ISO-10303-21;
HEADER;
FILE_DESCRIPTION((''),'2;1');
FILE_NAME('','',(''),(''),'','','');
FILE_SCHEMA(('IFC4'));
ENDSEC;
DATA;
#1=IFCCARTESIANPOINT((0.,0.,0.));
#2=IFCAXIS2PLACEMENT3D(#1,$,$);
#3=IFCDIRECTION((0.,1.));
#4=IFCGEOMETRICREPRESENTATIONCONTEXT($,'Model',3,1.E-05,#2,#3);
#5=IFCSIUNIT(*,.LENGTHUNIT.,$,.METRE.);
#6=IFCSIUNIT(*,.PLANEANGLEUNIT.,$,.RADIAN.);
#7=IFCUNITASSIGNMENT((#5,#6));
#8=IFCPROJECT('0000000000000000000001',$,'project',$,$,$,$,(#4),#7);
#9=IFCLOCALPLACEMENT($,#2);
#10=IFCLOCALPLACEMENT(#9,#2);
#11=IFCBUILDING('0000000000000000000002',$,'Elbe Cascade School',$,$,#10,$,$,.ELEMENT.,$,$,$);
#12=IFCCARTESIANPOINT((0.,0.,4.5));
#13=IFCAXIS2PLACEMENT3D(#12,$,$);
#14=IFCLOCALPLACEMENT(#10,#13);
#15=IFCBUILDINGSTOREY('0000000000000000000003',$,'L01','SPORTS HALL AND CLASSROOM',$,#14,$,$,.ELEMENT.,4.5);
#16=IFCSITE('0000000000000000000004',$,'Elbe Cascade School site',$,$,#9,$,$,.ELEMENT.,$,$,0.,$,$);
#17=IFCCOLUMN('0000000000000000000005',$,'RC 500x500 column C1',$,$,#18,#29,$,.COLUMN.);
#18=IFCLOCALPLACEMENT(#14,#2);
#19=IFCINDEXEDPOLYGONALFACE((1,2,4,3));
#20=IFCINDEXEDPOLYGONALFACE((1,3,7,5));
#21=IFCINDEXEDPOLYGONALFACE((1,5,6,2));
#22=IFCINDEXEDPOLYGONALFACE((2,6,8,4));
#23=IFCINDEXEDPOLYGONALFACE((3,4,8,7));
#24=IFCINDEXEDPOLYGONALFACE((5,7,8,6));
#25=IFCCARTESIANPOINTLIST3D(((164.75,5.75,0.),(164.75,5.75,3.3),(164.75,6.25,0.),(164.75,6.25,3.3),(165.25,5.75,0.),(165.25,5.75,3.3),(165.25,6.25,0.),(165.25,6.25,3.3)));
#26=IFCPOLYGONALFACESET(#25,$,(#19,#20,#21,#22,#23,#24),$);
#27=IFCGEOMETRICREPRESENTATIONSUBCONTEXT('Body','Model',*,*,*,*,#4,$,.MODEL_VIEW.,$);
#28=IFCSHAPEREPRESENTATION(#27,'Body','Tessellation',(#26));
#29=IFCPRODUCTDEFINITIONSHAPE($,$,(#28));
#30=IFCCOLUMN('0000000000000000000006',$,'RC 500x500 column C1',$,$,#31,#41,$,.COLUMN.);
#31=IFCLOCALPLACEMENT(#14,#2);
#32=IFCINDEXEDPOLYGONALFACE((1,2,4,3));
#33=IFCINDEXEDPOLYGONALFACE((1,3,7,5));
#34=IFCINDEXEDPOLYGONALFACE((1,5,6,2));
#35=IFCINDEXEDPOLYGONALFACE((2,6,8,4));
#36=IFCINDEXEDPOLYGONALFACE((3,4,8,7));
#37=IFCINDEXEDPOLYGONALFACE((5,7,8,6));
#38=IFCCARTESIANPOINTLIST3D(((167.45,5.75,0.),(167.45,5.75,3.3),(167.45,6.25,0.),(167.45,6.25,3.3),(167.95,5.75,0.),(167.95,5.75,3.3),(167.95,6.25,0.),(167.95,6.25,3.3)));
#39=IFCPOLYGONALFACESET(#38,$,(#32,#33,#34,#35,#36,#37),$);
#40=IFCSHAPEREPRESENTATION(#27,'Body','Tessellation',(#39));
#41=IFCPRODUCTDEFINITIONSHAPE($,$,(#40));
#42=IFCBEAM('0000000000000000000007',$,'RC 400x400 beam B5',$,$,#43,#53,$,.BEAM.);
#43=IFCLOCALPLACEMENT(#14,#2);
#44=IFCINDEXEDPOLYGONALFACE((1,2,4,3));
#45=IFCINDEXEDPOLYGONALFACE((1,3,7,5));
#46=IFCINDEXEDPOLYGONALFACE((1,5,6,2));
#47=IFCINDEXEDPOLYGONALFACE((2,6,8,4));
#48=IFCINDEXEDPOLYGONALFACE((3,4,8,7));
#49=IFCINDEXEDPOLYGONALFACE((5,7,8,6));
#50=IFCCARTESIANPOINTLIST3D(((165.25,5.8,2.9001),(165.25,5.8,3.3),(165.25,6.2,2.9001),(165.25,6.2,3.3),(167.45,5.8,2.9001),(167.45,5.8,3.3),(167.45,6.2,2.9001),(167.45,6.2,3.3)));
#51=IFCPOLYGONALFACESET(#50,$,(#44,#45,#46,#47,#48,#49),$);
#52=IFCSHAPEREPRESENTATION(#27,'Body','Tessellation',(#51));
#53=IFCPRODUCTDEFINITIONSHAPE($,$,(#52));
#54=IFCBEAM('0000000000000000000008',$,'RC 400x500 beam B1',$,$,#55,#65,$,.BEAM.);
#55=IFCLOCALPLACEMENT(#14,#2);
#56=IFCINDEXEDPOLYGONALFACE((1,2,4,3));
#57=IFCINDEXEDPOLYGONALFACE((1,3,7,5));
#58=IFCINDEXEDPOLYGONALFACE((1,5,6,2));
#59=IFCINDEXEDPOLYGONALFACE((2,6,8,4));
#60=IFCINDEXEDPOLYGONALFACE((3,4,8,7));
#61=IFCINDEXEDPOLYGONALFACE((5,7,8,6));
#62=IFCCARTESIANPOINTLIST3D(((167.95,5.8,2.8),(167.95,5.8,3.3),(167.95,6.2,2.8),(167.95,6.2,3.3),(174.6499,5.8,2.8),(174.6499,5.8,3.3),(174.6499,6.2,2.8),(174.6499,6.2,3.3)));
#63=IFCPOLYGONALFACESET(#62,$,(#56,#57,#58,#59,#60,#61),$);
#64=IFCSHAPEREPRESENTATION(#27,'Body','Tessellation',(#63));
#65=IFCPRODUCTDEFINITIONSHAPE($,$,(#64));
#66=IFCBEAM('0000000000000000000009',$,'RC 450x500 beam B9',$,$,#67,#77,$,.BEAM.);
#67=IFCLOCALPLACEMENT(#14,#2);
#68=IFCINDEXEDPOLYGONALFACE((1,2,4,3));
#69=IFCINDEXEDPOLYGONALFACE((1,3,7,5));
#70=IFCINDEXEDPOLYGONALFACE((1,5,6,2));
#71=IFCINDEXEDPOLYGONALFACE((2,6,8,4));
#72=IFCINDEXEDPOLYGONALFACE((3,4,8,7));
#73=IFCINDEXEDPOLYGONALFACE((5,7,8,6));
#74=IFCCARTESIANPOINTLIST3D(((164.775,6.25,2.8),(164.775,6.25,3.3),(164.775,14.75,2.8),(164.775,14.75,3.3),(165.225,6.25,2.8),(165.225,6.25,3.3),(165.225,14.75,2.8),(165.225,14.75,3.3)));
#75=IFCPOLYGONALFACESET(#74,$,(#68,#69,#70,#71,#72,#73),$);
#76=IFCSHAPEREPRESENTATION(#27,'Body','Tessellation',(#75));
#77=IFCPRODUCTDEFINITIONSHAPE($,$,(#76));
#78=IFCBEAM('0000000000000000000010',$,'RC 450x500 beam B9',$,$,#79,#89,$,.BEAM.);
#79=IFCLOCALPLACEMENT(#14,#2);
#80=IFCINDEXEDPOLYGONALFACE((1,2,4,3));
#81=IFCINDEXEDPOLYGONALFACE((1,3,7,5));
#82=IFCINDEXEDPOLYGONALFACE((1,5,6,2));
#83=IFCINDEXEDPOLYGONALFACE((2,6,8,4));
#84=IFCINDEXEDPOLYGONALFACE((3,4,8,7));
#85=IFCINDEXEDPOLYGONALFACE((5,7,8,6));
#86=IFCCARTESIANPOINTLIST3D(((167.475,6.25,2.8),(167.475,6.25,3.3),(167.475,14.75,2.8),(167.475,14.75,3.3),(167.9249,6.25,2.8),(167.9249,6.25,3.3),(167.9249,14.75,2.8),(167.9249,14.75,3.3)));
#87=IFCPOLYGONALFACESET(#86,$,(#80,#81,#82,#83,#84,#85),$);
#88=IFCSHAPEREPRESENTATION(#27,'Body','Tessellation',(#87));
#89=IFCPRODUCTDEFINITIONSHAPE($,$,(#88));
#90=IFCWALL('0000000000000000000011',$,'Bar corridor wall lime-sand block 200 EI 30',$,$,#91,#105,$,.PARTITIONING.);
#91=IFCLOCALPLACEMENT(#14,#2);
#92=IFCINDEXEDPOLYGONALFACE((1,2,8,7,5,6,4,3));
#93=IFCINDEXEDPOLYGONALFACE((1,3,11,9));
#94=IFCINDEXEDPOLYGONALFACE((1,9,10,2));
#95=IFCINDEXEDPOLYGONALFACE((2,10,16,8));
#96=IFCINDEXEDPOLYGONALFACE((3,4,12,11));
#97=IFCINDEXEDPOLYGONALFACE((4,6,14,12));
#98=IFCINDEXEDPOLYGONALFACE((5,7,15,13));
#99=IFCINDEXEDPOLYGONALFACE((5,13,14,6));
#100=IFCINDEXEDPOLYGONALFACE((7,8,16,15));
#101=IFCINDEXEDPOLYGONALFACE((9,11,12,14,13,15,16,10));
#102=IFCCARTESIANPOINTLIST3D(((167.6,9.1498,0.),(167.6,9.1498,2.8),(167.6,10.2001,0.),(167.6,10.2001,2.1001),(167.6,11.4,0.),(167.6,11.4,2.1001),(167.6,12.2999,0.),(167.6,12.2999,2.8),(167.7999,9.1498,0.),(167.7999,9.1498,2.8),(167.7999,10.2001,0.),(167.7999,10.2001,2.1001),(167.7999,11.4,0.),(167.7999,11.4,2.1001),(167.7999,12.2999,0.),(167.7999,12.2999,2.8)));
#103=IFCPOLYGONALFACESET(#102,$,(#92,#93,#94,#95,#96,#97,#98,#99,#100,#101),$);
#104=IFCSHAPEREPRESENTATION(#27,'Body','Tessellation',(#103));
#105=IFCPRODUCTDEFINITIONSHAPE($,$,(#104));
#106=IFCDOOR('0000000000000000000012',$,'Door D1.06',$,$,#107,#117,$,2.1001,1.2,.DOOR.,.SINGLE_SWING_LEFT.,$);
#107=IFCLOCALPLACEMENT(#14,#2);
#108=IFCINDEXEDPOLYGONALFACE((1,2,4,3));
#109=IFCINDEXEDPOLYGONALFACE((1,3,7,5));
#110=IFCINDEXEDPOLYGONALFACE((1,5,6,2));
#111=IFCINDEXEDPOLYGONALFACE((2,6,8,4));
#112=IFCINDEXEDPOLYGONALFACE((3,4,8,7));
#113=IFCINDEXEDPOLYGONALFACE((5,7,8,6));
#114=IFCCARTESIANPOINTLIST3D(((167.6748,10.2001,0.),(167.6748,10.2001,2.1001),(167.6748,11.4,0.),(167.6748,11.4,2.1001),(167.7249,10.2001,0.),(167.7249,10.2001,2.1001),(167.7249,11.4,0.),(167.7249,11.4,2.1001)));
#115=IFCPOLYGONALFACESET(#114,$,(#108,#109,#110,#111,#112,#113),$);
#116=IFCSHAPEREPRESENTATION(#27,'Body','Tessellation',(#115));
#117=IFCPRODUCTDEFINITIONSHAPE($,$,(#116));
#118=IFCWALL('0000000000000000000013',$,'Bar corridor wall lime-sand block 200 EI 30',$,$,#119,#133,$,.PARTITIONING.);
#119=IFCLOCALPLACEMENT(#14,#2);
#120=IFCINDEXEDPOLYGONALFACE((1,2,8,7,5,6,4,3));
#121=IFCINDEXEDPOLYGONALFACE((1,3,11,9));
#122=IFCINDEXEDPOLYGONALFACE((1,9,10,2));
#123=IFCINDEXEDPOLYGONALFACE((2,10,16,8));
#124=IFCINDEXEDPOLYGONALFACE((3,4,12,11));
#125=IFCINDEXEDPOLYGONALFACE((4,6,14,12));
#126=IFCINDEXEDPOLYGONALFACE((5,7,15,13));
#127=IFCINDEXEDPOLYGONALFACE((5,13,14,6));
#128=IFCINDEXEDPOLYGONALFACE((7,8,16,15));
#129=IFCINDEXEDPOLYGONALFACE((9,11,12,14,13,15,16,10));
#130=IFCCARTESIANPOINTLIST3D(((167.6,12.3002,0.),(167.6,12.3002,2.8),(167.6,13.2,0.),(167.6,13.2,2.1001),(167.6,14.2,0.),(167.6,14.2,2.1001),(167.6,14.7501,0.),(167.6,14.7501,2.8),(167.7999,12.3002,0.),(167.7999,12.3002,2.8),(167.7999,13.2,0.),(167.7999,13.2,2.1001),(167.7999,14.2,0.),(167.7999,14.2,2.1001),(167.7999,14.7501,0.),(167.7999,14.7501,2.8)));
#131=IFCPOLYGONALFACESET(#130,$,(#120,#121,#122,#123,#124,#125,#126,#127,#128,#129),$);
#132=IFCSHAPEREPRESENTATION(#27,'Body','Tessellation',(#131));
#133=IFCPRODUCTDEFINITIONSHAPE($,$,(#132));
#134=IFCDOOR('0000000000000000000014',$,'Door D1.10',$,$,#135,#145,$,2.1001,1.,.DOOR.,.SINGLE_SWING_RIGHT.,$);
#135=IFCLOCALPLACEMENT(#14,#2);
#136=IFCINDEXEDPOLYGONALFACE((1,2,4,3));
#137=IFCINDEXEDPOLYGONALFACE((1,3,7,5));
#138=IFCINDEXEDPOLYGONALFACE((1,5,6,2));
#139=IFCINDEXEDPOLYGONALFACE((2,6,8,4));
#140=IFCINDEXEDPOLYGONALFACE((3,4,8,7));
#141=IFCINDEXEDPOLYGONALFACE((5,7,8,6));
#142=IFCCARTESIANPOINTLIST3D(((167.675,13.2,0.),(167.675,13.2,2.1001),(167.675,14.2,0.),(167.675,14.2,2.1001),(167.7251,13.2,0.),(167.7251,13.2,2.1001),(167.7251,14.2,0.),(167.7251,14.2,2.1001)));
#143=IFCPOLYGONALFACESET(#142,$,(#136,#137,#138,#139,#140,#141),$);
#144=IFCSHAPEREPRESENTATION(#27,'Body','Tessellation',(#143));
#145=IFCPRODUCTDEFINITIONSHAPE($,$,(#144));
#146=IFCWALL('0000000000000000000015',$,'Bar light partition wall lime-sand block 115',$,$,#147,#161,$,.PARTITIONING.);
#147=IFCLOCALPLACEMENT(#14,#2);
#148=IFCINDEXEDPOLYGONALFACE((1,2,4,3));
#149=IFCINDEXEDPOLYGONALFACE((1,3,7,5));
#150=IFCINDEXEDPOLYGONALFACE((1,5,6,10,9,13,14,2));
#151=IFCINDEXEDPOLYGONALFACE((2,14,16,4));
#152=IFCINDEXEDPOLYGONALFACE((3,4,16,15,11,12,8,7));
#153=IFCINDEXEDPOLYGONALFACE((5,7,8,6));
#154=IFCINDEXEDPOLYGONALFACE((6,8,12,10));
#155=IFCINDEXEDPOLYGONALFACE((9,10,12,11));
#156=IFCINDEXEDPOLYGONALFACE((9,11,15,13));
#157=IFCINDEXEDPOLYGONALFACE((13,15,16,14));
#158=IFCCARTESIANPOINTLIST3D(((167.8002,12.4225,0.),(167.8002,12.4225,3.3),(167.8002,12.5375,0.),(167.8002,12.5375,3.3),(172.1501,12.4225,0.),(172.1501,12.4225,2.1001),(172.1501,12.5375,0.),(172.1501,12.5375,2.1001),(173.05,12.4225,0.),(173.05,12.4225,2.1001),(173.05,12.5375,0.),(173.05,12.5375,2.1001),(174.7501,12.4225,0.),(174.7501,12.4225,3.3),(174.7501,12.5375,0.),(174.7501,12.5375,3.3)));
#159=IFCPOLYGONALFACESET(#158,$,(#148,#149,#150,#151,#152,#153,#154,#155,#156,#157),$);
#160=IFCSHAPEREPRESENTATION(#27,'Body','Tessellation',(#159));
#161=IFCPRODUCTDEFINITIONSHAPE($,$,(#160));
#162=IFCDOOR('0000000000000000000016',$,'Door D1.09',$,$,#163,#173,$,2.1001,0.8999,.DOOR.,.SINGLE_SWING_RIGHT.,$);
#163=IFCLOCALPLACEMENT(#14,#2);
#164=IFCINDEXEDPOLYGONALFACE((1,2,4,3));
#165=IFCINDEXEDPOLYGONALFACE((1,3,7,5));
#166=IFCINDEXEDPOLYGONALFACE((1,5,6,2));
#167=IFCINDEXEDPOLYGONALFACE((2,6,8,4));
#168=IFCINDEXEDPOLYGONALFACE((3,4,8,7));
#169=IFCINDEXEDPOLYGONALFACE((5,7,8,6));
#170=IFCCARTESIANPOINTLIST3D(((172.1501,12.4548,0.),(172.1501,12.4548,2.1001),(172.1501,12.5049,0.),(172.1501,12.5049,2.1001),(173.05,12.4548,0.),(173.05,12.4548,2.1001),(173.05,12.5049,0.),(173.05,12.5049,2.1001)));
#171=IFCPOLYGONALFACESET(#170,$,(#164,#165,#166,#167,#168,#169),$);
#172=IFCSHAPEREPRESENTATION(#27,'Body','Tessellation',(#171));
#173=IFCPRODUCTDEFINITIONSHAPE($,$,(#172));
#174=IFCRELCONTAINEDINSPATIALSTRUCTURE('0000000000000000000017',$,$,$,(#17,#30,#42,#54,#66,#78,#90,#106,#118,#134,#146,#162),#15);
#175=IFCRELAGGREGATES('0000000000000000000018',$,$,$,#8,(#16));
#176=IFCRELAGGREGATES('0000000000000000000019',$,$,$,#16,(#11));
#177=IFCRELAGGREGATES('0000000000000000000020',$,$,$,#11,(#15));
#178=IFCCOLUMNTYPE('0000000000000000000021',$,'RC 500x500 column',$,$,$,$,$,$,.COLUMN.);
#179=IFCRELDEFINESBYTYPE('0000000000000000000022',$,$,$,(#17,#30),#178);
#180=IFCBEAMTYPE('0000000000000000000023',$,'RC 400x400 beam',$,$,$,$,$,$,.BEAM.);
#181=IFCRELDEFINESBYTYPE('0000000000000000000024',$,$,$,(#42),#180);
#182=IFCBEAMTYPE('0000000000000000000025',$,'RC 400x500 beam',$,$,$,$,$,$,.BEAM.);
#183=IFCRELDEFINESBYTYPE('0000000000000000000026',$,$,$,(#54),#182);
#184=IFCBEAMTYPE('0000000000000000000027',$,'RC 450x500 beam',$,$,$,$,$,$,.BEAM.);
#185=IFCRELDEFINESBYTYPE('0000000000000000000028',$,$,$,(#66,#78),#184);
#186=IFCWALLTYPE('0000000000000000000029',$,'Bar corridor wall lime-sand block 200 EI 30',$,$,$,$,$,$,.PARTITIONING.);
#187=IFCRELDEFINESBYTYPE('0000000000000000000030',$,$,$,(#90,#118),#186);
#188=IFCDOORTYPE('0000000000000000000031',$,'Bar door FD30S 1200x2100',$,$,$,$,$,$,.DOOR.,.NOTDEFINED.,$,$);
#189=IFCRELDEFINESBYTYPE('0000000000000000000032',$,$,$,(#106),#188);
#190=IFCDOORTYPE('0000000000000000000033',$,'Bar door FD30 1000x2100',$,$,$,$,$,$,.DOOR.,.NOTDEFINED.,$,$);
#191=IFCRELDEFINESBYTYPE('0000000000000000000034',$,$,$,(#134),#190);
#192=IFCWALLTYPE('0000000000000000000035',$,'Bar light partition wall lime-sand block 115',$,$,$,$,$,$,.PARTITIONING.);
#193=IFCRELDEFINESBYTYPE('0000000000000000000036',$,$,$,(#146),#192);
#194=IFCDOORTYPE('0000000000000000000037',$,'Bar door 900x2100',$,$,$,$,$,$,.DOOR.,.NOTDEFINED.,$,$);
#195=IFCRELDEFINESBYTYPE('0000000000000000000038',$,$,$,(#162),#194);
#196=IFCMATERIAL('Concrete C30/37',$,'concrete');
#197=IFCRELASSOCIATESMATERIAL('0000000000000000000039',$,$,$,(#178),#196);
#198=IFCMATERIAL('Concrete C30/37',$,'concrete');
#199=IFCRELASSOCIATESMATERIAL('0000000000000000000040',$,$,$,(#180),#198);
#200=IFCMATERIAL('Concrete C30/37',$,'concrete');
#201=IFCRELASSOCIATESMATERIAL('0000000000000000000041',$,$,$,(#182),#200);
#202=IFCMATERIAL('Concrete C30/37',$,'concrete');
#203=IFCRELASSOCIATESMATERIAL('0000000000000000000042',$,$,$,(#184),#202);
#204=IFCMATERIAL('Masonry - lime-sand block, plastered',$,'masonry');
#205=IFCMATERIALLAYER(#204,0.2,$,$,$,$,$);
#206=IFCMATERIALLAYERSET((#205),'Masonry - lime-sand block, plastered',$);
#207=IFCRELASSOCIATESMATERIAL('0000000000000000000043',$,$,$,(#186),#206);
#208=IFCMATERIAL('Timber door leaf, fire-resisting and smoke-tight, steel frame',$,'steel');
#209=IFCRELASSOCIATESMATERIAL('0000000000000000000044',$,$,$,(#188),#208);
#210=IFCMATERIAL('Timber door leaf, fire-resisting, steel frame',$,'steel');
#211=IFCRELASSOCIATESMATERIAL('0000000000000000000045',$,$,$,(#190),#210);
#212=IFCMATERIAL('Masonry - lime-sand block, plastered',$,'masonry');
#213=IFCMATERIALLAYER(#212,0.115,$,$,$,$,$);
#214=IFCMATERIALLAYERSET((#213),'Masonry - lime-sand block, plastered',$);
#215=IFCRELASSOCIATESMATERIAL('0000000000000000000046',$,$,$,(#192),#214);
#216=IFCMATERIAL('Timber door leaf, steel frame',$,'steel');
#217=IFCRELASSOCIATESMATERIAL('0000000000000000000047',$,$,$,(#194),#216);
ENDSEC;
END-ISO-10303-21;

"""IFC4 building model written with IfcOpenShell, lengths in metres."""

from ifc_helpers import new_model, si_unit, direction, frame, frame_2d, origin, origin_2d, place, context, subcontext, project, spatial, rectangle, extrude, material, layer, layer_set, material_profile, profile_set, type_object, element, fill, save


model = new_model("IFC4")

# Units and contexts
model_context = context("Model", 3, precision=1e-05, world=origin(), true_north=direction((0.0, 1.0)))
body_context = subcontext(model_context, "Body", "Model", "MODEL_VIEW")
ifc_project = project(units=[si_unit("LENGTHUNIT", "METRE"), si_unit("PLANEANGLEUNIT", "RADIAN")], contexts=[model_context])

# Site, building, storey
site_placement = place(None, origin())
site = spatial("IfcSite", under=ifc_project, at=site_placement, Name="Elbe Cascade School site", CompositionType="ELEMENT", RefElevation=0.0)
building_placement = place(site_placement, origin())
building = spatial("IfcBuilding", under=site, at=building_placement, Name="Elbe Cascade School", CompositionType="ELEMENT")
storey_placement = place(building_placement, frame((0.0, 0.0, 4.5)))
storey = spatial("IfcBuildingStorey", under=building, at=storey_placement, Name="L01", Description="SPORTS HALL AND CLASSROOM", CompositionType="ELEMENT", Elevation=4.5)

# Columns
ifc_material_1 = material(Name="Concrete C30/37", Category="concrete")
ifc_material_profile_1 = material_profile(ifc_material_1, rectangle(XDim=0.5, YDim=0.5, at=origin_2d()), Name="RC 500x500")
ifc_profile_set_1 = profile_set([ifc_material_profile_1], Name="Concrete C30/37")
column_type = type_object("IfcColumnType", Name="RC 500x500 column", PredefinedType="COLUMN", material=ifc_profile_set_1)
for number, where, z_axis, x_axis, name in (
    (1, (165.0, 6.0, 0.0), (0.0, 0.0, 1.0), (1.0, 0.0, 0.0), "RC 500x500 column C1"),
    (2, (167.7, 6.0, 0.0), (0.0, 0.0, 1.0), (1.0, 0.0, 0.0), "RC 500x500 column C1"),
):
    element("IfcColumn", number, at=place(storey_placement, frame(where, z_axis=z_axis, x_axis=x_axis)), inside=storey, type_object=column_type, Name=name, PredefinedType="COLUMN", context=body_context, shape_type="SweptSolid", body=[
        extrude(rectangle(XDim=0.5, YDim=0.5, at=origin_2d()), origin(), (0.0, 0.0, 1.0), 3.3),
    ])

# Beams
ifc_material_2 = material(Name="Concrete C30/37", Category="concrete")
ifc_material_profile_2 = material_profile(ifc_material_2, rectangle(XDim=0.3999, YDim=0.3999, at=origin_2d()), Name="RC 400x400")
ifc_profile_set_2 = profile_set([ifc_material_profile_2], Name="Concrete C30/37")
beam_type_1 = type_object("IfcBeamType", Name="RC 400x400 beam", PredefinedType="BEAM", material=ifc_profile_set_2)
beam_1_placement = place(storey_placement, frame((165.25, 6.0, 3.1001), z_axis=(1.0, 0.0, 0.0), x_axis=(0.0, 1.0, 0.0)))
element("IfcBeam", 3, at=beam_1_placement, inside=storey, type_object=beam_type_1, Name="RC 400x400 beam B5", PredefinedType="BEAM", context=body_context, shape_type="SweptSolid", body=[
    extrude(rectangle(XDim=0.3999, YDim=0.3999, at=origin_2d()), origin(), (0.0, 0.0, 1.0), 2.2),
])
ifc_material_3 = material(Name="Concrete C30/37", Category="concrete")
ifc_material_profile_3 = material_profile(ifc_material_3, rectangle(XDim=0.3999, YDim=0.5, at=origin_2d()), Name="RC 400x500")
ifc_profile_set_3 = profile_set([ifc_material_profile_3], Name="Concrete C30/37")
beam_type_2 = type_object("IfcBeamType", Name="RC 400x500 beam", PredefinedType="BEAM", material=ifc_profile_set_3)
beam_2_placement = place(storey_placement, frame((167.95, 6.0, 3.05), z_axis=(1.0, 0.0, 0.0), x_axis=(0.0, 1.0, 0.0)))
element("IfcBeam", 4, at=beam_2_placement, inside=storey, type_object=beam_type_2, Name="RC 400x500 beam B1", PredefinedType="BEAM", context=body_context, shape_type="SweptSolid", body=[
    extrude(rectangle(XDim=0.3999, YDim=0.5, at=origin_2d()), origin(), (0.0, 0.0, 1.0), 6.7),
])
ifc_material_4 = material(Name="Concrete C30/37", Category="concrete")
ifc_material_profile_4 = material_profile(ifc_material_4, rectangle(XDim=0.45, YDim=0.5, at=origin_2d()), Name="RC 450x500")
ifc_profile_set_4 = profile_set([ifc_material_profile_4], Name="Concrete C30/37")
beam_type_3 = type_object("IfcBeamType", Name="RC 450x500 beam", PredefinedType="BEAM", material=ifc_profile_set_4)
for number, where, z_axis, x_axis, name in (
    (5, (165.0, 6.25, 3.05), (0.0, 1.0, 0.0), (-1.0, 0.0, 0.0), "RC 450x500 beam B9"),
    (6, (167.7, 6.25, 3.05), (0.0, 1.0, 0.0), (-1.0, 0.0, 0.0), "RC 450x500 beam B9"),
):
    element("IfcBeam", number, at=place(storey_placement, frame(where, z_axis=z_axis, x_axis=x_axis)), inside=storey, type_object=beam_type_3, Name=name, PredefinedType="BEAM", context=body_context, shape_type="SweptSolid", body=[
        extrude(rectangle(XDim=0.45, YDim=0.5, at=origin_2d()), origin(), (0.0, 0.0, 1.0), 8.5),
    ])

# Walls, openings, doors
ifc_material_5 = material(Name="Masonry - lime-sand block, plastered", Category="masonry")
ifc_layer_1 = layer(ifc_material_5, 0.2)
ifc_layer_set_1 = layer_set([ifc_layer_1], Name="Masonry - lime-sand block, plastered")
wall_type_1 = type_object("IfcWallType", Name="Bar corridor wall lime-sand block 200 EI 30", PredefinedType="PARTITIONING", material=ifc_layer_set_1)
wall_1_placement = place(storey_placement, frame((167.7, 12.3, 0.0), z_axis=(0.0, 0.0, 1.0), x_axis=(0.0, -1.0, 0.0)))
wall_1 = element("IfcWall", 7, at=wall_1_placement, inside=storey, type_object=wall_type_1, Name="Bar corridor wall lime-sand block 200 EI 30", PredefinedType="PARTITIONING", context=body_context, shape_type="SweptSolid", body=[
    extrude(rectangle(XDim=3.1501, YDim=0.2, at=frame_2d((1.5752, 0.0))), origin(), (0.0, 0.0, 1.0), 2.8),
])
opening_1_placement = place(wall_1_placement, frame((0.8999, 0.0, 0.0)))
opening_1 = element("IfcOpeningElement", 8, at=opening_1_placement, cuts=wall_1, PredefinedType="OPENING", context=body_context, shape_type="SweptSolid", body=[
    extrude(rectangle(XDim=1.2, YDim=2.1001, at=frame_2d((0.6001, 1.05))), frame((0.0, 0.1099, 0.0), z_axis=(0.0, -1.0, 0.0), x_axis=(1.0, 0.0, 0.0)), (0.0, 0.0, 1.0), 0.22),
])
ifc_material_6 = material(Name="Timber door leaf, fire-resisting and smoke-tight, steel frame", Category="steel")
door_type_1 = type_object("IfcDoorType", Name="Bar door FD30S 1200x2100", OperationType="NOTDEFINED", PredefinedType="DOOR", material=ifc_material_6)
door_1_placement = place(opening_1_placement, origin())
door_1 = element("IfcDoor", 9, at=door_1_placement, inside=storey, type_object=door_type_1, Name="Door D1.06", OperationType="SINGLE_SWING_LEFT", OverallHeight=2.1001, OverallWidth=1.2, PredefinedType="DOOR", context=body_context, shape_type="SweptSolid", body=[
    extrude(rectangle(XDim=1.2, YDim=2.1001, at=frame_2d((0.6001, 1.05))), frame((0.0, 0.0249, 0.0), z_axis=(0.0, -1.0, 0.0), x_axis=(1.0, 0.0, 0.0)), (0.0, 0.0, 1.0), 0.05),
])
fill(opening_1, door_1)
wall_2_placement = place(storey_placement, frame((167.7, 12.3, 0.0), z_axis=(0.0, 0.0, 1.0), x_axis=(0.0, 1.0, 0.0)))
wall_2 = element("IfcWall", 10, at=wall_2_placement, inside=storey, type_object=wall_type_1, Name="Bar corridor wall lime-sand block 200 EI 30", PredefinedType="PARTITIONING", context=body_context, shape_type="SweptSolid", body=[
    extrude(rectangle(XDim=2.45, YDim=0.2, at=frame_2d((1.2251, 0.0))), origin(), (0.0, 0.0, 1.0), 2.8),
])
opening_2_placement = place(wall_2_placement, frame((0.8999, 0.0, 0.0)))
opening_2 = element("IfcOpeningElement", 11, at=opening_2_placement, cuts=wall_2, PredefinedType="OPENING", context=body_context, shape_type="SweptSolid", body=[
    extrude(rectangle(XDim=1.0, YDim=2.1001, at=frame_2d((0.5, 1.05))), frame((0.0, 0.1099, 0.0), z_axis=(0.0, -1.0, 0.0), x_axis=(1.0, 0.0, 0.0)), (0.0, 0.0, 1.0), 0.22),
])
ifc_material_7 = material(Name="Timber door leaf, fire-resisting, steel frame", Category="steel")
door_type_2 = type_object("IfcDoorType", Name="Bar door FD30 1000x2100", OperationType="NOTDEFINED", PredefinedType="DOOR", material=ifc_material_7)
door_2_placement = place(opening_2_placement, origin())
door_2 = element("IfcDoor", 12, at=door_2_placement, inside=storey, type_object=door_type_2, Name="Door D1.10", OperationType="SINGLE_SWING_RIGHT", OverallHeight=2.1001, OverallWidth=1.0, PredefinedType="DOOR", context=body_context, shape_type="SweptSolid", body=[
    extrude(rectangle(XDim=1.0, YDim=2.1001, at=frame_2d((0.5, 1.05))), frame((0.0, 0.0249, 0.0), z_axis=(0.0, -1.0, 0.0), x_axis=(1.0, 0.0, 0.0)), (0.0, 0.0, 1.0), 0.05),
])
fill(opening_2, door_2)
ifc_material_8 = material(Name="Masonry - lime-sand block, plastered", Category="masonry")
ifc_layer_2 = layer(ifc_material_8, 0.115)
ifc_layer_set_2 = layer_set([ifc_layer_2], Name="Masonry - lime-sand block, plastered")
wall_type_2 = type_object("IfcWallType", Name="Bar light partition wall lime-sand block 115", PredefinedType="PARTITIONING", material=ifc_layer_set_2)
wall_3_placement = place(storey_placement, frame((167.8, 12.48, 0.0), z_axis=(0.0, 0.0, 1.0), x_axis=(1.0, 0.0, 0.0)))
wall_3 = element("IfcWall", 13, at=wall_3_placement, inside=storey, type_object=wall_type_2, Name="Bar light partition wall lime-sand block 115", PredefinedType="PARTITIONING", context=body_context, shape_type="SweptSolid", body=[
    extrude(rectangle(XDim=6.95, YDim=0.115, at=frame_2d((3.4751, 0.0))), origin(), (0.0, 0.0, 1.0), 3.3),
])
opening_3_placement = place(wall_3_placement, frame((4.3501, 0.0, 0.0)))
opening_3 = element("IfcOpeningElement", 14, at=opening_3_placement, cuts=wall_3, PredefinedType="OPENING", context=body_context, shape_type="SweptSolid", body=[
    extrude(rectangle(XDim=0.8999, YDim=2.1001, at=frame_2d((0.45, 1.05))), frame((0.0, 0.0674, 0.0), z_axis=(0.0, -1.0, 0.0), x_axis=(1.0, 0.0, 0.0)), (0.0, 0.0, 1.0), 0.135),
])
ifc_material_9 = material(Name="Timber door leaf, steel frame", Category="steel")
door_type_3 = type_object("IfcDoorType", Name="Bar door 900x2100", OperationType="NOTDEFINED", PredefinedType="DOOR", material=ifc_material_9)
door_3_placement = place(opening_3_placement, origin())
door_3 = element("IfcDoor", 15, at=door_3_placement, inside=storey, type_object=door_type_3, Name="Door D1.09", OperationType="SINGLE_SWING_RIGHT", OverallHeight=2.1001, OverallWidth=0.8999, PredefinedType="DOOR", context=body_context, shape_type="SweptSolid", body=[
    extrude(rectangle(XDim=0.8999, YDim=2.1001, at=frame_2d((0.45, 1.05))), frame((0.0, 0.0249, 0.0), z_axis=(0.0, -1.0, 0.0), x_axis=(1.0, 0.0, 0.0)), (0.0, 0.0, 1.0), 0.05),
])
fill(opening_3, door_3)

save(model, "model.ifc")
